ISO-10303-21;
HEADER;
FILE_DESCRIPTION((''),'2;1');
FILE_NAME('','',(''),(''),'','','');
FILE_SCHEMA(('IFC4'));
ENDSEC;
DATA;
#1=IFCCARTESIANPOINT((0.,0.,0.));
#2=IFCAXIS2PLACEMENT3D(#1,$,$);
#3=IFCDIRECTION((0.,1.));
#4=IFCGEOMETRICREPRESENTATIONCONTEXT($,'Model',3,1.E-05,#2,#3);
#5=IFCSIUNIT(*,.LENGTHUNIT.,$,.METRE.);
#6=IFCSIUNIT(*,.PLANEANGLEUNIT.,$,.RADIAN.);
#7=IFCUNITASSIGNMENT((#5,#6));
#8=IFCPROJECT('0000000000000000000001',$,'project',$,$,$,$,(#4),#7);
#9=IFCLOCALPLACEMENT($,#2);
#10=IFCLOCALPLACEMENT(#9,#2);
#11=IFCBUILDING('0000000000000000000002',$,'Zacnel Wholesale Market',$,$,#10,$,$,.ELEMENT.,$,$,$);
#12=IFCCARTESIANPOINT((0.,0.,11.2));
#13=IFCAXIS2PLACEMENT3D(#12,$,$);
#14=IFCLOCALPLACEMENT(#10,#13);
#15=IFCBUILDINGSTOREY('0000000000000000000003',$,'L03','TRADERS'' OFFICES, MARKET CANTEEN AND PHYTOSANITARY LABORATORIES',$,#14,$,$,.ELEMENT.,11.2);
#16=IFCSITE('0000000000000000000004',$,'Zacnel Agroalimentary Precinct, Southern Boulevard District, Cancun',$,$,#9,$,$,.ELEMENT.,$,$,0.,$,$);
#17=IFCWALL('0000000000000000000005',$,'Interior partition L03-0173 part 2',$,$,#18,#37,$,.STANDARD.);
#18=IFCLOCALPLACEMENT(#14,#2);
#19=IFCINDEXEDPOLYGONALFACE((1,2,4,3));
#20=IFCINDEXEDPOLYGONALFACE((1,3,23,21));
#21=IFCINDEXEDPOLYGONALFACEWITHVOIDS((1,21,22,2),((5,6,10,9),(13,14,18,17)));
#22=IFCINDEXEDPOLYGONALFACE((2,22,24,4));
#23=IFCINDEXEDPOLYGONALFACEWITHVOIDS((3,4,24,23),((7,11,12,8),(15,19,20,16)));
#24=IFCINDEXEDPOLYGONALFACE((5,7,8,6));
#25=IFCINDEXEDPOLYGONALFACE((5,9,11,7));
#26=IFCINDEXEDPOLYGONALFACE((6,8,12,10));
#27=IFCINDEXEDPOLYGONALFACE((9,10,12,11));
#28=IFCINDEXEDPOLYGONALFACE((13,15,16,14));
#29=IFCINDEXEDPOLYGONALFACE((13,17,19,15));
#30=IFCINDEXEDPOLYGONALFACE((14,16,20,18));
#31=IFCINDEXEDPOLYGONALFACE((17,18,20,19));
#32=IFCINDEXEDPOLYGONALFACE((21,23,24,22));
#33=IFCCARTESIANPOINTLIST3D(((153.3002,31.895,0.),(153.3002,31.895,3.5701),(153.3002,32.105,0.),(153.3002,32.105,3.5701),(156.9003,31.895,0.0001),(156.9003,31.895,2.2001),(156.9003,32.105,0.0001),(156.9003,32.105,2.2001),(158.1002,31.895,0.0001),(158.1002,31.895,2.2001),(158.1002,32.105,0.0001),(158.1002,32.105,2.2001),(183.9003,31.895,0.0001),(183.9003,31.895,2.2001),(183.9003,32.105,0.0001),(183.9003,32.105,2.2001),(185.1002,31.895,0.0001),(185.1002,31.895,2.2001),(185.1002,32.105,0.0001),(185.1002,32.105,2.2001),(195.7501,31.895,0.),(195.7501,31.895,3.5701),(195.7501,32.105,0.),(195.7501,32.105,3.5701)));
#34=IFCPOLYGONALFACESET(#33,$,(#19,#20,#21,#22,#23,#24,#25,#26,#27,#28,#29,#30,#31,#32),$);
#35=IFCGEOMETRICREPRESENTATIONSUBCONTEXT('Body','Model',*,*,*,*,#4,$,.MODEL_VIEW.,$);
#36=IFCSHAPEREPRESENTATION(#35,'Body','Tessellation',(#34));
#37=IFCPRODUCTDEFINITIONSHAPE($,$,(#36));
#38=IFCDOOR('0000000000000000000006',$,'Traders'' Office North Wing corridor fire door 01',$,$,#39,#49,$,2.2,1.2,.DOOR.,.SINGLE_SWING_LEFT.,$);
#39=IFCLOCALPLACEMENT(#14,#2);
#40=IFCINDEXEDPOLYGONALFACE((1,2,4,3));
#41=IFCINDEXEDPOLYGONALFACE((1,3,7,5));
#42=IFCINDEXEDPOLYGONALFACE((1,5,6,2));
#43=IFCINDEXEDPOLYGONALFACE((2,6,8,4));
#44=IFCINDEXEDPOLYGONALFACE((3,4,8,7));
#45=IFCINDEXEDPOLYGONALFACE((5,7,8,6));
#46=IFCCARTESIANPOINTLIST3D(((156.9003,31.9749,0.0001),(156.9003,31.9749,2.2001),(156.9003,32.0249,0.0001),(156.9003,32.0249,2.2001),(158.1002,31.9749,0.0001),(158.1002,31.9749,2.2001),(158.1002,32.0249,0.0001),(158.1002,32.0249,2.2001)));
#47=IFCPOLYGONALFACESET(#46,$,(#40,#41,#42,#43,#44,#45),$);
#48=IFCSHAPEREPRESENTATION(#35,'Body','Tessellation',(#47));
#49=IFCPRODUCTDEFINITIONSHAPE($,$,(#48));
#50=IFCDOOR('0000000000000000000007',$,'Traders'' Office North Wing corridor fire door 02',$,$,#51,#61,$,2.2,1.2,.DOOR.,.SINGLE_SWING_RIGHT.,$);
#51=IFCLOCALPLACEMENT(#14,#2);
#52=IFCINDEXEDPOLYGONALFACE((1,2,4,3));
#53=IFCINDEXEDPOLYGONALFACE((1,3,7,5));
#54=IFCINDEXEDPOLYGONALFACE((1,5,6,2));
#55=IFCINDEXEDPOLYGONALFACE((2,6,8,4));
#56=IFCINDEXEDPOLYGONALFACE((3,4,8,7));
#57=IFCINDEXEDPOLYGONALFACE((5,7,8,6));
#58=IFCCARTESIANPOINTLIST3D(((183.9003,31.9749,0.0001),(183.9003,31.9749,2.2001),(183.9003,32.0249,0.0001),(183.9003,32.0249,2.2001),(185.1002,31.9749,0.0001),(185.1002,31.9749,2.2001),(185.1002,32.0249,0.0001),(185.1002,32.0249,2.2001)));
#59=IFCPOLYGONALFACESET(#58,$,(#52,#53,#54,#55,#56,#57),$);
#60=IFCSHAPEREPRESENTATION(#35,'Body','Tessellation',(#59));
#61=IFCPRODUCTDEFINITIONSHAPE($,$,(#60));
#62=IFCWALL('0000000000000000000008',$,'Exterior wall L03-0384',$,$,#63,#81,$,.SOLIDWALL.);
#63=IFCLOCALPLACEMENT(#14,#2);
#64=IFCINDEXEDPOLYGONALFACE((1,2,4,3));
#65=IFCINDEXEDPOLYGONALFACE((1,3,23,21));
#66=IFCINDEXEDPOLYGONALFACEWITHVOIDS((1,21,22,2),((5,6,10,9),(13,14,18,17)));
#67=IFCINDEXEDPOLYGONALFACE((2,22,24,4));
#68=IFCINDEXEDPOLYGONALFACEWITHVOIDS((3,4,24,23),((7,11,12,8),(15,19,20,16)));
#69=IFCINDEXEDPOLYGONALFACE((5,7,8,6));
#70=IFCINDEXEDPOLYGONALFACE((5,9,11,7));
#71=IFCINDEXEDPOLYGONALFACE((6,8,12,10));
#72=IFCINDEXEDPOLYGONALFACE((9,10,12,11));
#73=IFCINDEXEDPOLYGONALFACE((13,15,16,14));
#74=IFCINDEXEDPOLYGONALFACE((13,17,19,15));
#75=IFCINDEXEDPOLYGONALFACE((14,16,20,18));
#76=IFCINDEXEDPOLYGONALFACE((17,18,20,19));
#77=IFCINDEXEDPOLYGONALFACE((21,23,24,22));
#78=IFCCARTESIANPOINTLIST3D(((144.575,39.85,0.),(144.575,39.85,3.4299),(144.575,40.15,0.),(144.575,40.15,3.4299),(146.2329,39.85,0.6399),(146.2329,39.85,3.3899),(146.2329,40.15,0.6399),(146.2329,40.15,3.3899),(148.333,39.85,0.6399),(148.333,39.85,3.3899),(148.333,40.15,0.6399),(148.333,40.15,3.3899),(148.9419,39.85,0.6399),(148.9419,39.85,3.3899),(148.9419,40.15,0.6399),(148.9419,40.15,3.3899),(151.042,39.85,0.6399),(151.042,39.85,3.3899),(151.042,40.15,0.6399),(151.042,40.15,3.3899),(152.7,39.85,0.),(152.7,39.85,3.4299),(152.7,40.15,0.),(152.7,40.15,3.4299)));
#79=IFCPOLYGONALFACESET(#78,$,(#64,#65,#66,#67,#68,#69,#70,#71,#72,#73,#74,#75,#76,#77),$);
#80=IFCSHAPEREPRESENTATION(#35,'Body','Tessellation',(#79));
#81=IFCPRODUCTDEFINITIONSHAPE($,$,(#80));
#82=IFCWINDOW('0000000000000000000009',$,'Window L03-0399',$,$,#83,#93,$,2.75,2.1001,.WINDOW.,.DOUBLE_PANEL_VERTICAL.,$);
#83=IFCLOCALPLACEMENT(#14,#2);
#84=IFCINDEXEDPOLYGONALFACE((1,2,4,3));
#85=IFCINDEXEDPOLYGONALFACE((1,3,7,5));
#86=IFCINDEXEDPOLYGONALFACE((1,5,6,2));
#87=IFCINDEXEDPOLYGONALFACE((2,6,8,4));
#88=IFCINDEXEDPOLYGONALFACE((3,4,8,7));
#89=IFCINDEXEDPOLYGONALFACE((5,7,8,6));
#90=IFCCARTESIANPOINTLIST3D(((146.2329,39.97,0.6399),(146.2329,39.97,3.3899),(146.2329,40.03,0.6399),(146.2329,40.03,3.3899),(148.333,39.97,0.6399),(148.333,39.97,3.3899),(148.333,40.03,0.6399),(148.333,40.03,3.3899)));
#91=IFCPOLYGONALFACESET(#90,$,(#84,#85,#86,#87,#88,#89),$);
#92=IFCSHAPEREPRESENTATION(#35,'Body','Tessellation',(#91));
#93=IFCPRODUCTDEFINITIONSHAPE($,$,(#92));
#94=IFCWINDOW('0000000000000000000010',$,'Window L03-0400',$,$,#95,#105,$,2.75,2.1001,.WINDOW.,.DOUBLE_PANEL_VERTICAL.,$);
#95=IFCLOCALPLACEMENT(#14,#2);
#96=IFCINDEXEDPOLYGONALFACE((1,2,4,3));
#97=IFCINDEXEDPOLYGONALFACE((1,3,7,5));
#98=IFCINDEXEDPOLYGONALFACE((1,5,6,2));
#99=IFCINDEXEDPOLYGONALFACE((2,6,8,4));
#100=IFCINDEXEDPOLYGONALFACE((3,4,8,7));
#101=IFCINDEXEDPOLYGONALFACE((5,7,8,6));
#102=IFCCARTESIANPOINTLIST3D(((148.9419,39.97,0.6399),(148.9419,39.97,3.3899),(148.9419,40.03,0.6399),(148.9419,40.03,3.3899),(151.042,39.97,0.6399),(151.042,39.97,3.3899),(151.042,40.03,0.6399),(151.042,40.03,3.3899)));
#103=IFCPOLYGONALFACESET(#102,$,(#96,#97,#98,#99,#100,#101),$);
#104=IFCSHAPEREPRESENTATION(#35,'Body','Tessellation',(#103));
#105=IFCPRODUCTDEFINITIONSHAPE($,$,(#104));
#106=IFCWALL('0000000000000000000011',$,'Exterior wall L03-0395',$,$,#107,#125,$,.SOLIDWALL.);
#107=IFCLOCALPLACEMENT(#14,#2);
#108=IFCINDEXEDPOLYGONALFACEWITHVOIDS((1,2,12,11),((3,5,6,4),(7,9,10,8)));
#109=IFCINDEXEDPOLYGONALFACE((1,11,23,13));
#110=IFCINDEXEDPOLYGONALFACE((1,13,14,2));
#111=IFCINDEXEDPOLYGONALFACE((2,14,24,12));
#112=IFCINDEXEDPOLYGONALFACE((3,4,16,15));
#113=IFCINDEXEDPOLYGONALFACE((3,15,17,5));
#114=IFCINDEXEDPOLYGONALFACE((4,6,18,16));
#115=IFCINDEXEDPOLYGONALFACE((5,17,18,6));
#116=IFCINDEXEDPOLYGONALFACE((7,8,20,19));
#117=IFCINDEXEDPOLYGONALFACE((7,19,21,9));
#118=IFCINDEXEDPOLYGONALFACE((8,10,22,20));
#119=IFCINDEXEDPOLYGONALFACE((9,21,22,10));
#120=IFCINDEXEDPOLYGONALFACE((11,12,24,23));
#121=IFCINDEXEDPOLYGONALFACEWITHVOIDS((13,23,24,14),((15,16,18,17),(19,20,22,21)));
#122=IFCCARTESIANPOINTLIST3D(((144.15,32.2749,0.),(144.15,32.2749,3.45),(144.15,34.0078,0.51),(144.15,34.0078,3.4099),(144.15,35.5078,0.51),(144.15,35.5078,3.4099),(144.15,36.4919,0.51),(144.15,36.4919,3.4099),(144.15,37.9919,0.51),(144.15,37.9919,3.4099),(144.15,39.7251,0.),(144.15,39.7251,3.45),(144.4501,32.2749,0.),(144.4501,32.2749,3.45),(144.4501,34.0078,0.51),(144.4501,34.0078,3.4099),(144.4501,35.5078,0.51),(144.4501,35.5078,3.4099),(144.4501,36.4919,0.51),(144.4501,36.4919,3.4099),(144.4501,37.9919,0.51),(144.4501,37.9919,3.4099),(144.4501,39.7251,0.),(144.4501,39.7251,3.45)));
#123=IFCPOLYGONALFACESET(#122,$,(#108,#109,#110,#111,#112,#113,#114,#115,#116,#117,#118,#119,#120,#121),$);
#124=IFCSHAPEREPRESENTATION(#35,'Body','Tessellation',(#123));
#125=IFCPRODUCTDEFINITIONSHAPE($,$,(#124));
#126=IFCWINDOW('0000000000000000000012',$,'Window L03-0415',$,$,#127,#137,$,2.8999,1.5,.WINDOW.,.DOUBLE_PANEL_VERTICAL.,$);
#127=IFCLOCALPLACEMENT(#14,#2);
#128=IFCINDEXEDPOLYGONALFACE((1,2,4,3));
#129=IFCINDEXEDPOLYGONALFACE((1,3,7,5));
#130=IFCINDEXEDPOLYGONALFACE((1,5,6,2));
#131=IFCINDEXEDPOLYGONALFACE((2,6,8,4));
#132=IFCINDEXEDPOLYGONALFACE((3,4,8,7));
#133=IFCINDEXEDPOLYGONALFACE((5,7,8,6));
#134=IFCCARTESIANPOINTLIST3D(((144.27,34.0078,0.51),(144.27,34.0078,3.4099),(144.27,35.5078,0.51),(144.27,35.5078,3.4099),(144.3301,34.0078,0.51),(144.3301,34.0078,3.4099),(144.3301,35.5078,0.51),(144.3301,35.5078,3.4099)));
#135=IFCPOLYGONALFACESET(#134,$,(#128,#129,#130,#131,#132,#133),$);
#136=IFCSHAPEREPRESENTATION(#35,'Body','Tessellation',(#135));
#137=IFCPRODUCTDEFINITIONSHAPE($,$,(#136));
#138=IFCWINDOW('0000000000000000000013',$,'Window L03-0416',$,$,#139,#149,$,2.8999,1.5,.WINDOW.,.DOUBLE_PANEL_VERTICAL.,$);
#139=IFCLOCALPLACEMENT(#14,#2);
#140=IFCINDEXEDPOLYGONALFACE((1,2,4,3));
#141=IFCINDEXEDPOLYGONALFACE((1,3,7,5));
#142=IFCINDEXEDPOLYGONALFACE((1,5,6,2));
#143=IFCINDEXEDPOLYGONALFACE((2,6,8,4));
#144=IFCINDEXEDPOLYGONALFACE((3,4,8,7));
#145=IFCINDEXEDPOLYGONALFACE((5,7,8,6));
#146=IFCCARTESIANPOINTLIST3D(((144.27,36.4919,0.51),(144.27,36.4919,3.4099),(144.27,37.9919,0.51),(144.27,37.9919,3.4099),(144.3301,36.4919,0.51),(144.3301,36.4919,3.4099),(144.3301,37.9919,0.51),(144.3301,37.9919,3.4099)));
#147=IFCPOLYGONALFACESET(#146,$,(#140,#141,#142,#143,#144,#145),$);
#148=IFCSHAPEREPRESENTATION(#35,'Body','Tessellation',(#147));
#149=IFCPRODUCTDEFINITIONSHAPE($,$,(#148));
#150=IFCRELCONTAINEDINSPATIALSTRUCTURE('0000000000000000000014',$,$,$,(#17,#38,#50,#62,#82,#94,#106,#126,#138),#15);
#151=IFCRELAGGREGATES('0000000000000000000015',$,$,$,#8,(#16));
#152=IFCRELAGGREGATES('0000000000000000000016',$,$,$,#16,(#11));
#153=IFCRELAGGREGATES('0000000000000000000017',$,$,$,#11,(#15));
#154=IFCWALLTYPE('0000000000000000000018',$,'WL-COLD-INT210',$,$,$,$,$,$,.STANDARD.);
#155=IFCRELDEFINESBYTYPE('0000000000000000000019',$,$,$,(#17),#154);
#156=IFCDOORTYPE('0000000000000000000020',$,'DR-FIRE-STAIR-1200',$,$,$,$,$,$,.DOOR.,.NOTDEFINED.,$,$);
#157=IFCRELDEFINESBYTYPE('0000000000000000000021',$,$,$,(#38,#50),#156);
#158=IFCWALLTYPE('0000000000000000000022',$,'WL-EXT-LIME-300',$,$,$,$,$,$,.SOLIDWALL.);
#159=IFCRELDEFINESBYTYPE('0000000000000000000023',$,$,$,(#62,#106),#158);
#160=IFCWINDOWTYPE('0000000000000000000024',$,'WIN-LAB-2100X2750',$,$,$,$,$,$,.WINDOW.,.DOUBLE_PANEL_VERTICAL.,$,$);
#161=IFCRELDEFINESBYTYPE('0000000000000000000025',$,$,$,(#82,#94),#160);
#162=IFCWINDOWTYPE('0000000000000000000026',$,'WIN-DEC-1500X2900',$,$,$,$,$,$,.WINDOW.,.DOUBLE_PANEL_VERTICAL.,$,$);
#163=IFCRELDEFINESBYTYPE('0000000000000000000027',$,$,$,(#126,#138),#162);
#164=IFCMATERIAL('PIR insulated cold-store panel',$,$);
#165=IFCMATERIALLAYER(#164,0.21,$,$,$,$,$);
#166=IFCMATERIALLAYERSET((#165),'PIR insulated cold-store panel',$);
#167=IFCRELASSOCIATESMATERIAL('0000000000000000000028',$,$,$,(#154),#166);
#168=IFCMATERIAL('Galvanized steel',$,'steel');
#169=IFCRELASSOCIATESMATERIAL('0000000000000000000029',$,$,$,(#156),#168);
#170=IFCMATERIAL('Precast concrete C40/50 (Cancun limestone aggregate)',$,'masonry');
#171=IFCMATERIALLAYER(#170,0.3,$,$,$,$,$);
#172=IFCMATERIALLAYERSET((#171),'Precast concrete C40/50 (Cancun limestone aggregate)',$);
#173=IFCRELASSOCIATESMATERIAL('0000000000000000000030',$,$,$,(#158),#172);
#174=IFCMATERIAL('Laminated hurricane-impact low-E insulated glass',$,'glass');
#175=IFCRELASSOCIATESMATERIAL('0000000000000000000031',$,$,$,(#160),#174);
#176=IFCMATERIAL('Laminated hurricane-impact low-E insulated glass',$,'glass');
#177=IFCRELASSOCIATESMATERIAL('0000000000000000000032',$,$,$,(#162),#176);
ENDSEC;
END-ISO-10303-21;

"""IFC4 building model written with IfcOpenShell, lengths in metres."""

from ifc_helpers import new_model, si_unit, direction, frame, frame_2d, origin, place, context, subcontext, project, spatial, rectangle, extrude, material, layer, layer_set, type_object, element, fill, save


model = new_model("IFC4")

# Units and contexts
model_context = context("Model", 3, precision=1e-05, world=origin(), true_north=direction((0.0, 1.0)))
body_context = subcontext(model_context, "Body", "Model", "MODEL_VIEW")
ifc_project = project(units=[si_unit("LENGTHUNIT", "METRE"), si_unit("PLANEANGLEUNIT", "RADIAN")], contexts=[model_context])

# Site, building, storey
site_placement = place(None, origin())
site = spatial("IfcSite", under=ifc_project, at=site_placement, Name="Zacnel Agroalimentary Precinct, Southern Boulevard District, Cancun", CompositionType="ELEMENT", RefElevation=0.0)
building_placement = place(site_placement, origin())
building = spatial("IfcBuilding", under=site, at=building_placement, Name="Zacnel Wholesale Market", CompositionType="ELEMENT")
storey_placement = place(building_placement, frame((0.0, 0.0, 11.2)))
storey = spatial("IfcBuildingStorey", under=building, at=storey_placement, Name="L03", Description="TRADERS' OFFICES, MARKET CANTEEN AND PHYTOSANITARY LABORATORIES", CompositionType="ELEMENT", Elevation=11.2)

# Shared definitions
ifc_material_1 = material(Name="PIR insulated cold-store panel")
ifc_layer_1 = layer(ifc_material_1, 0.21)
ifc_layer_set_1 = layer_set([ifc_layer_1], Name="PIR insulated cold-store panel")
wall_type_1 = type_object("IfcWallType", Name="WL-COLD-INT210", PredefinedType="STANDARD", material=ifc_layer_set_1)

# Wall, openings, doors
wall_1_placement = place(storey_placement, frame((153.3, 32.0, 0.0), z_axis=(0.0, 0.0, 1.0), x_axis=(1.0, 0.0, 0.0)))
wall_1 = element("IfcWall", 1, at=wall_1_placement, inside=storey, type_object=wall_type_1, Name="Interior partition L03-0173 part 2", PredefinedType="STANDARD", context=body_context, shape_type="SweptSolid", body=[
    extrude(rectangle(XDim=42.45, YDim=0.21, at=frame_2d((21.2251, 0.0))), origin(), (0.0, 0.0, 1.0), 3.5701),
])
opening_1_placement = place(wall_1_placement, frame((3.6001, 0.0, 0.0)))
opening_1 = element("IfcOpeningElement", 2, at=opening_1_placement, cuts=wall_1, PredefinedType="OPENING", context=body_context, shape_type="SweptSolid", body=[
    extrude(rectangle(XDim=1.2, YDim=2.2, at=frame_2d((0.6001, 1.1001))), frame((0.0, 0.115, 0.0), z_axis=(0.0, -1.0, 0.0), x_axis=(1.0, 0.0, 0.0)), (0.0, 0.0, 1.0), 0.23),
])
opening_2_placement = place(wall_1_placement, frame((30.6001, 0.0, 0.0)))
opening_2 = element("IfcOpeningElement", 3, at=opening_2_placement, cuts=wall_1, PredefinedType="OPENING", context=body_context, shape_type="SweptSolid", body=[
    extrude(rectangle(XDim=1.2, YDim=2.2, at=frame_2d((0.6001, 1.1001))), frame((0.0, 0.115, 0.0), z_axis=(0.0, -1.0, 0.0), x_axis=(1.0, 0.0, 0.0)), (0.0, 0.0, 1.0), 0.23),
])
ifc_material_2 = material(Name="Galvanized steel", Category="steel")
door_type_1 = type_object("IfcDoorType", Name="DR-FIRE-STAIR-1200", OperationType="NOTDEFINED", PredefinedType="DOOR", material=ifc_material_2)
door_1_placement = place(opening_1_placement, origin())
door_1 = element("IfcDoor", 4, at=door_1_placement, inside=storey, type_object=door_type_1, Name="Traders' Office North Wing corridor fire door 01", OperationType="SINGLE_SWING_LEFT", OverallHeight=2.2, OverallWidth=1.2, PredefinedType="DOOR", context=body_context, shape_type="SweptSolid", body=[
    extrude(rectangle(XDim=1.2, YDim=2.2, at=frame_2d((0.6001, 1.1001))), frame((0.0, 0.0249, 0.0), z_axis=(0.0, -1.0, 0.0), x_axis=(1.0, 0.0, 0.0)), (0.0, 0.0, 1.0), 0.05),
])
fill(opening_1, door_1)
door_2_placement = place(opening_2_placement, origin())
door_2 = element("IfcDoor", 5, at=door_2_placement, inside=storey, type_object=door_type_1, Name="Traders' Office North Wing corridor fire door 02", OperationType="SINGLE_SWING_RIGHT", OverallHeight=2.2, OverallWidth=1.2, PredefinedType="DOOR", context=body_context, shape_type="SweptSolid", body=[
    extrude(rectangle(XDim=1.2, YDim=2.2, at=frame_2d((0.6001, 1.1001))), frame((0.0, 0.0249, 0.0), z_axis=(0.0, -1.0, 0.0), x_axis=(1.0, 0.0, 0.0)), (0.0, 0.0, 1.0), 0.05),
])
fill(opening_2, door_2)

# Wall, openings, windows
ifc_material_3 = material(Name="Precast concrete C40/50 (Cancun limestone aggregate)", Category="masonry")
ifc_layer_2 = layer(ifc_material_3, 0.3)
ifc_layer_set_2 = layer_set([ifc_layer_2], Name="Precast concrete C40/50 (Cancun limestone aggregate)")
wall_type_2 = type_object("IfcWallType", Name="WL-EXT-LIME-300", PredefinedType="SOLIDWALL", material=ifc_layer_set_2)
wall_2_placement = place(storey_placement, frame((144.575, 40.0, 0.0), z_axis=(0.0, 0.0, 1.0), x_axis=(1.0, 0.0, 0.0)))
wall_2 = element("IfcWall", 6, at=wall_2_placement, inside=storey, type_object=wall_type_2, Name="Exterior wall L03-0384", PredefinedType="SOLIDWALL", context=body_context, shape_type="SweptSolid", body=[
    extrude(rectangle(XDim=8.125, YDim=0.3, at=frame_2d((4.0625, 0.0))), origin(), (0.0, 0.0, 1.0), 3.4299),
])
opening_3_placement = place(wall_2_placement, frame((1.658, 0.0, 0.6399)))
opening_3 = element("IfcOpeningElement", 7, at=opening_3_placement, cuts=wall_2, PredefinedType="OPENING", context=body_context, shape_type="SweptSolid", body=[
    extrude(rectangle(XDim=2.1001, YDim=2.75, at=frame_2d((1.05, 1.375))), frame((0.0, 0.1599, 0.0), z_axis=(0.0, -1.0, 0.0), x_axis=(1.0, 0.0, 0.0)), (0.0, 0.0, 1.0), 0.3201),
])
opening_4_placement = place(wall_2_placement, frame((4.3669, 0.0, 0.6399)))
opening_4 = element("IfcOpeningElement", 8, at=opening_4_placement, cuts=wall_2, PredefinedType="OPENING", context=body_context, shape_type="SweptSolid", body=[
    extrude(rectangle(XDim=2.1001, YDim=2.75, at=frame_2d((1.05, 1.375))), frame((0.0, 0.1599, 0.0), z_axis=(0.0, -1.0, 0.0), x_axis=(1.0, 0.0, 0.0)), (0.0, 0.0, 1.0), 0.3201),
])
ifc_material_4 = material(Name="Laminated hurricane-impact low-E insulated glass", Category="glass")
window_type_1 = type_object("IfcWindowType", Name="WIN-LAB-2100X2750", PartitioningType="DOUBLE_PANEL_VERTICAL", PredefinedType="WINDOW", material=ifc_material_4)
window_1_placement = place(opening_3_placement, origin())
window_1 = element("IfcWindow", 9, at=window_1_placement, inside=storey, type_object=window_type_1, Name="Window L03-0399", OverallHeight=2.75, OverallWidth=2.1001, PartitioningType="DOUBLE_PANEL_VERTICAL", PredefinedType="WINDOW", context=body_context, shape_type="SweptSolid", body=[
    extrude(rectangle(XDim=2.1001, YDim=2.75, at=frame_2d((1.05, 1.375))), frame((0.0, 0.03, 0.0), z_axis=(0.0, -1.0, 0.0), x_axis=(1.0, 0.0, 0.0)), (0.0, 0.0, 1.0), 0.0601),
])
fill(opening_3, window_1)
window_2_placement = place(opening_4_placement, origin())
window_2 = element("IfcWindow", 10, at=window_2_placement, inside=storey, type_object=window_type_1, Name="Window L03-0400", OverallHeight=2.75, OverallWidth=2.1001, PartitioningType="DOUBLE_PANEL_VERTICAL", PredefinedType="WINDOW", context=body_context, shape_type="SweptSolid", body=[
    extrude(rectangle(XDim=2.1001, YDim=2.75, at=frame_2d((1.05, 1.375))), frame((0.0, 0.03, 0.0), z_axis=(0.0, -1.0, 0.0), x_axis=(1.0, 0.0, 0.0)), (0.0, 0.0, 1.0), 0.0601),
])
fill(opening_4, window_2)

# Wall, openings, windows
wall_3_placement = place(storey_placement, frame((144.3, 32.2749, 0.0), z_axis=(0.0, 0.0, 1.0), x_axis=(0.0, 1.0, 0.0)))
wall_3 = element("IfcWall", 11, at=wall_3_placement, inside=storey, type_object=wall_type_2, Name="Exterior wall L03-0395", PredefinedType="SOLIDWALL", context=body_context, shape_type="SweptSolid", body=[
    extrude(rectangle(XDim=7.4502, YDim=0.3, at=frame_2d((3.7251, 0.0))), origin(), (0.0, 0.0, 1.0), 3.45),
])
opening_5_placement = place(wall_3_placement, frame((1.7329, 0.0, 0.51)))
opening_5 = element("IfcOpeningElement", 12, at=opening_5_placement, cuts=wall_3, PredefinedType="OPENING", context=body_context, shape_type="SweptSolid", body=[
    extrude(rectangle(XDim=1.5, YDim=2.8999, at=frame_2d((0.75, 1.45))), frame((0.0, 0.1599, 0.0), z_axis=(0.0, -1.0, 0.0), x_axis=(1.0, 0.0, 0.0)), (0.0, 0.0, 1.0), 0.3201),
])
opening_6_placement = place(wall_3_placement, frame((4.217, 0.0, 0.51)))
opening_6 = element("IfcOpeningElement", 13, at=opening_6_placement, cuts=wall_3, PredefinedType="OPENING", context=body_context, shape_type="SweptSolid", body=[
    extrude(rectangle(XDim=1.5, YDim=2.8999, at=frame_2d((0.75, 1.45))), frame((0.0, 0.1599, 0.0), z_axis=(0.0, -1.0, 0.0), x_axis=(1.0, 0.0, 0.0)), (0.0, 0.0, 1.0), 0.3201),
])
ifc_material_5 = material(Name="Laminated hurricane-impact low-E insulated glass", Category="glass")
window_type_2 = type_object("IfcWindowType", Name="WIN-DEC-1500X2900", PartitioningType="DOUBLE_PANEL_VERTICAL", PredefinedType="WINDOW", material=ifc_material_5)
window_3_placement = place(opening_5_placement, origin())
window_3 = element("IfcWindow", 14, at=window_3_placement, inside=storey, type_object=window_type_2, Name="Window L03-0415", OverallHeight=2.8999, OverallWidth=1.5, PartitioningType="DOUBLE_PANEL_VERTICAL", PredefinedType="WINDOW", context=body_context, shape_type="SweptSolid", body=[
    extrude(rectangle(XDim=1.5, YDim=2.8999, at=frame_2d((0.75, 1.45))), frame((0.0, 0.03, 0.0), z_axis=(0.0, -1.0, 0.0), x_axis=(1.0, 0.0, 0.0)), (0.0, 0.0, 1.0), 0.0601),
])
fill(opening_5, window_3)
window_4_placement = place(opening_6_placement, origin())
window_4 = element("IfcWindow", 15, at=window_4_placement, inside=storey, type_object=window_type_2, Name="Window L03-0416", OverallHeight=2.8999, OverallWidth=1.5, PartitioningType="DOUBLE_PANEL_VERTICAL", PredefinedType="WINDOW", context=body_context, shape_type="SweptSolid", body=[
    extrude(rectangle(XDim=1.5, YDim=2.8999, at=frame_2d((0.75, 1.45))), frame((0.0, 0.03, 0.0), z_axis=(0.0, -1.0, 0.0), x_axis=(1.0, 0.0, 0.0)), (0.0, 0.0, 1.0), 0.0601),
])
fill(opening_6, window_4)

save(model, "model.ifc")
